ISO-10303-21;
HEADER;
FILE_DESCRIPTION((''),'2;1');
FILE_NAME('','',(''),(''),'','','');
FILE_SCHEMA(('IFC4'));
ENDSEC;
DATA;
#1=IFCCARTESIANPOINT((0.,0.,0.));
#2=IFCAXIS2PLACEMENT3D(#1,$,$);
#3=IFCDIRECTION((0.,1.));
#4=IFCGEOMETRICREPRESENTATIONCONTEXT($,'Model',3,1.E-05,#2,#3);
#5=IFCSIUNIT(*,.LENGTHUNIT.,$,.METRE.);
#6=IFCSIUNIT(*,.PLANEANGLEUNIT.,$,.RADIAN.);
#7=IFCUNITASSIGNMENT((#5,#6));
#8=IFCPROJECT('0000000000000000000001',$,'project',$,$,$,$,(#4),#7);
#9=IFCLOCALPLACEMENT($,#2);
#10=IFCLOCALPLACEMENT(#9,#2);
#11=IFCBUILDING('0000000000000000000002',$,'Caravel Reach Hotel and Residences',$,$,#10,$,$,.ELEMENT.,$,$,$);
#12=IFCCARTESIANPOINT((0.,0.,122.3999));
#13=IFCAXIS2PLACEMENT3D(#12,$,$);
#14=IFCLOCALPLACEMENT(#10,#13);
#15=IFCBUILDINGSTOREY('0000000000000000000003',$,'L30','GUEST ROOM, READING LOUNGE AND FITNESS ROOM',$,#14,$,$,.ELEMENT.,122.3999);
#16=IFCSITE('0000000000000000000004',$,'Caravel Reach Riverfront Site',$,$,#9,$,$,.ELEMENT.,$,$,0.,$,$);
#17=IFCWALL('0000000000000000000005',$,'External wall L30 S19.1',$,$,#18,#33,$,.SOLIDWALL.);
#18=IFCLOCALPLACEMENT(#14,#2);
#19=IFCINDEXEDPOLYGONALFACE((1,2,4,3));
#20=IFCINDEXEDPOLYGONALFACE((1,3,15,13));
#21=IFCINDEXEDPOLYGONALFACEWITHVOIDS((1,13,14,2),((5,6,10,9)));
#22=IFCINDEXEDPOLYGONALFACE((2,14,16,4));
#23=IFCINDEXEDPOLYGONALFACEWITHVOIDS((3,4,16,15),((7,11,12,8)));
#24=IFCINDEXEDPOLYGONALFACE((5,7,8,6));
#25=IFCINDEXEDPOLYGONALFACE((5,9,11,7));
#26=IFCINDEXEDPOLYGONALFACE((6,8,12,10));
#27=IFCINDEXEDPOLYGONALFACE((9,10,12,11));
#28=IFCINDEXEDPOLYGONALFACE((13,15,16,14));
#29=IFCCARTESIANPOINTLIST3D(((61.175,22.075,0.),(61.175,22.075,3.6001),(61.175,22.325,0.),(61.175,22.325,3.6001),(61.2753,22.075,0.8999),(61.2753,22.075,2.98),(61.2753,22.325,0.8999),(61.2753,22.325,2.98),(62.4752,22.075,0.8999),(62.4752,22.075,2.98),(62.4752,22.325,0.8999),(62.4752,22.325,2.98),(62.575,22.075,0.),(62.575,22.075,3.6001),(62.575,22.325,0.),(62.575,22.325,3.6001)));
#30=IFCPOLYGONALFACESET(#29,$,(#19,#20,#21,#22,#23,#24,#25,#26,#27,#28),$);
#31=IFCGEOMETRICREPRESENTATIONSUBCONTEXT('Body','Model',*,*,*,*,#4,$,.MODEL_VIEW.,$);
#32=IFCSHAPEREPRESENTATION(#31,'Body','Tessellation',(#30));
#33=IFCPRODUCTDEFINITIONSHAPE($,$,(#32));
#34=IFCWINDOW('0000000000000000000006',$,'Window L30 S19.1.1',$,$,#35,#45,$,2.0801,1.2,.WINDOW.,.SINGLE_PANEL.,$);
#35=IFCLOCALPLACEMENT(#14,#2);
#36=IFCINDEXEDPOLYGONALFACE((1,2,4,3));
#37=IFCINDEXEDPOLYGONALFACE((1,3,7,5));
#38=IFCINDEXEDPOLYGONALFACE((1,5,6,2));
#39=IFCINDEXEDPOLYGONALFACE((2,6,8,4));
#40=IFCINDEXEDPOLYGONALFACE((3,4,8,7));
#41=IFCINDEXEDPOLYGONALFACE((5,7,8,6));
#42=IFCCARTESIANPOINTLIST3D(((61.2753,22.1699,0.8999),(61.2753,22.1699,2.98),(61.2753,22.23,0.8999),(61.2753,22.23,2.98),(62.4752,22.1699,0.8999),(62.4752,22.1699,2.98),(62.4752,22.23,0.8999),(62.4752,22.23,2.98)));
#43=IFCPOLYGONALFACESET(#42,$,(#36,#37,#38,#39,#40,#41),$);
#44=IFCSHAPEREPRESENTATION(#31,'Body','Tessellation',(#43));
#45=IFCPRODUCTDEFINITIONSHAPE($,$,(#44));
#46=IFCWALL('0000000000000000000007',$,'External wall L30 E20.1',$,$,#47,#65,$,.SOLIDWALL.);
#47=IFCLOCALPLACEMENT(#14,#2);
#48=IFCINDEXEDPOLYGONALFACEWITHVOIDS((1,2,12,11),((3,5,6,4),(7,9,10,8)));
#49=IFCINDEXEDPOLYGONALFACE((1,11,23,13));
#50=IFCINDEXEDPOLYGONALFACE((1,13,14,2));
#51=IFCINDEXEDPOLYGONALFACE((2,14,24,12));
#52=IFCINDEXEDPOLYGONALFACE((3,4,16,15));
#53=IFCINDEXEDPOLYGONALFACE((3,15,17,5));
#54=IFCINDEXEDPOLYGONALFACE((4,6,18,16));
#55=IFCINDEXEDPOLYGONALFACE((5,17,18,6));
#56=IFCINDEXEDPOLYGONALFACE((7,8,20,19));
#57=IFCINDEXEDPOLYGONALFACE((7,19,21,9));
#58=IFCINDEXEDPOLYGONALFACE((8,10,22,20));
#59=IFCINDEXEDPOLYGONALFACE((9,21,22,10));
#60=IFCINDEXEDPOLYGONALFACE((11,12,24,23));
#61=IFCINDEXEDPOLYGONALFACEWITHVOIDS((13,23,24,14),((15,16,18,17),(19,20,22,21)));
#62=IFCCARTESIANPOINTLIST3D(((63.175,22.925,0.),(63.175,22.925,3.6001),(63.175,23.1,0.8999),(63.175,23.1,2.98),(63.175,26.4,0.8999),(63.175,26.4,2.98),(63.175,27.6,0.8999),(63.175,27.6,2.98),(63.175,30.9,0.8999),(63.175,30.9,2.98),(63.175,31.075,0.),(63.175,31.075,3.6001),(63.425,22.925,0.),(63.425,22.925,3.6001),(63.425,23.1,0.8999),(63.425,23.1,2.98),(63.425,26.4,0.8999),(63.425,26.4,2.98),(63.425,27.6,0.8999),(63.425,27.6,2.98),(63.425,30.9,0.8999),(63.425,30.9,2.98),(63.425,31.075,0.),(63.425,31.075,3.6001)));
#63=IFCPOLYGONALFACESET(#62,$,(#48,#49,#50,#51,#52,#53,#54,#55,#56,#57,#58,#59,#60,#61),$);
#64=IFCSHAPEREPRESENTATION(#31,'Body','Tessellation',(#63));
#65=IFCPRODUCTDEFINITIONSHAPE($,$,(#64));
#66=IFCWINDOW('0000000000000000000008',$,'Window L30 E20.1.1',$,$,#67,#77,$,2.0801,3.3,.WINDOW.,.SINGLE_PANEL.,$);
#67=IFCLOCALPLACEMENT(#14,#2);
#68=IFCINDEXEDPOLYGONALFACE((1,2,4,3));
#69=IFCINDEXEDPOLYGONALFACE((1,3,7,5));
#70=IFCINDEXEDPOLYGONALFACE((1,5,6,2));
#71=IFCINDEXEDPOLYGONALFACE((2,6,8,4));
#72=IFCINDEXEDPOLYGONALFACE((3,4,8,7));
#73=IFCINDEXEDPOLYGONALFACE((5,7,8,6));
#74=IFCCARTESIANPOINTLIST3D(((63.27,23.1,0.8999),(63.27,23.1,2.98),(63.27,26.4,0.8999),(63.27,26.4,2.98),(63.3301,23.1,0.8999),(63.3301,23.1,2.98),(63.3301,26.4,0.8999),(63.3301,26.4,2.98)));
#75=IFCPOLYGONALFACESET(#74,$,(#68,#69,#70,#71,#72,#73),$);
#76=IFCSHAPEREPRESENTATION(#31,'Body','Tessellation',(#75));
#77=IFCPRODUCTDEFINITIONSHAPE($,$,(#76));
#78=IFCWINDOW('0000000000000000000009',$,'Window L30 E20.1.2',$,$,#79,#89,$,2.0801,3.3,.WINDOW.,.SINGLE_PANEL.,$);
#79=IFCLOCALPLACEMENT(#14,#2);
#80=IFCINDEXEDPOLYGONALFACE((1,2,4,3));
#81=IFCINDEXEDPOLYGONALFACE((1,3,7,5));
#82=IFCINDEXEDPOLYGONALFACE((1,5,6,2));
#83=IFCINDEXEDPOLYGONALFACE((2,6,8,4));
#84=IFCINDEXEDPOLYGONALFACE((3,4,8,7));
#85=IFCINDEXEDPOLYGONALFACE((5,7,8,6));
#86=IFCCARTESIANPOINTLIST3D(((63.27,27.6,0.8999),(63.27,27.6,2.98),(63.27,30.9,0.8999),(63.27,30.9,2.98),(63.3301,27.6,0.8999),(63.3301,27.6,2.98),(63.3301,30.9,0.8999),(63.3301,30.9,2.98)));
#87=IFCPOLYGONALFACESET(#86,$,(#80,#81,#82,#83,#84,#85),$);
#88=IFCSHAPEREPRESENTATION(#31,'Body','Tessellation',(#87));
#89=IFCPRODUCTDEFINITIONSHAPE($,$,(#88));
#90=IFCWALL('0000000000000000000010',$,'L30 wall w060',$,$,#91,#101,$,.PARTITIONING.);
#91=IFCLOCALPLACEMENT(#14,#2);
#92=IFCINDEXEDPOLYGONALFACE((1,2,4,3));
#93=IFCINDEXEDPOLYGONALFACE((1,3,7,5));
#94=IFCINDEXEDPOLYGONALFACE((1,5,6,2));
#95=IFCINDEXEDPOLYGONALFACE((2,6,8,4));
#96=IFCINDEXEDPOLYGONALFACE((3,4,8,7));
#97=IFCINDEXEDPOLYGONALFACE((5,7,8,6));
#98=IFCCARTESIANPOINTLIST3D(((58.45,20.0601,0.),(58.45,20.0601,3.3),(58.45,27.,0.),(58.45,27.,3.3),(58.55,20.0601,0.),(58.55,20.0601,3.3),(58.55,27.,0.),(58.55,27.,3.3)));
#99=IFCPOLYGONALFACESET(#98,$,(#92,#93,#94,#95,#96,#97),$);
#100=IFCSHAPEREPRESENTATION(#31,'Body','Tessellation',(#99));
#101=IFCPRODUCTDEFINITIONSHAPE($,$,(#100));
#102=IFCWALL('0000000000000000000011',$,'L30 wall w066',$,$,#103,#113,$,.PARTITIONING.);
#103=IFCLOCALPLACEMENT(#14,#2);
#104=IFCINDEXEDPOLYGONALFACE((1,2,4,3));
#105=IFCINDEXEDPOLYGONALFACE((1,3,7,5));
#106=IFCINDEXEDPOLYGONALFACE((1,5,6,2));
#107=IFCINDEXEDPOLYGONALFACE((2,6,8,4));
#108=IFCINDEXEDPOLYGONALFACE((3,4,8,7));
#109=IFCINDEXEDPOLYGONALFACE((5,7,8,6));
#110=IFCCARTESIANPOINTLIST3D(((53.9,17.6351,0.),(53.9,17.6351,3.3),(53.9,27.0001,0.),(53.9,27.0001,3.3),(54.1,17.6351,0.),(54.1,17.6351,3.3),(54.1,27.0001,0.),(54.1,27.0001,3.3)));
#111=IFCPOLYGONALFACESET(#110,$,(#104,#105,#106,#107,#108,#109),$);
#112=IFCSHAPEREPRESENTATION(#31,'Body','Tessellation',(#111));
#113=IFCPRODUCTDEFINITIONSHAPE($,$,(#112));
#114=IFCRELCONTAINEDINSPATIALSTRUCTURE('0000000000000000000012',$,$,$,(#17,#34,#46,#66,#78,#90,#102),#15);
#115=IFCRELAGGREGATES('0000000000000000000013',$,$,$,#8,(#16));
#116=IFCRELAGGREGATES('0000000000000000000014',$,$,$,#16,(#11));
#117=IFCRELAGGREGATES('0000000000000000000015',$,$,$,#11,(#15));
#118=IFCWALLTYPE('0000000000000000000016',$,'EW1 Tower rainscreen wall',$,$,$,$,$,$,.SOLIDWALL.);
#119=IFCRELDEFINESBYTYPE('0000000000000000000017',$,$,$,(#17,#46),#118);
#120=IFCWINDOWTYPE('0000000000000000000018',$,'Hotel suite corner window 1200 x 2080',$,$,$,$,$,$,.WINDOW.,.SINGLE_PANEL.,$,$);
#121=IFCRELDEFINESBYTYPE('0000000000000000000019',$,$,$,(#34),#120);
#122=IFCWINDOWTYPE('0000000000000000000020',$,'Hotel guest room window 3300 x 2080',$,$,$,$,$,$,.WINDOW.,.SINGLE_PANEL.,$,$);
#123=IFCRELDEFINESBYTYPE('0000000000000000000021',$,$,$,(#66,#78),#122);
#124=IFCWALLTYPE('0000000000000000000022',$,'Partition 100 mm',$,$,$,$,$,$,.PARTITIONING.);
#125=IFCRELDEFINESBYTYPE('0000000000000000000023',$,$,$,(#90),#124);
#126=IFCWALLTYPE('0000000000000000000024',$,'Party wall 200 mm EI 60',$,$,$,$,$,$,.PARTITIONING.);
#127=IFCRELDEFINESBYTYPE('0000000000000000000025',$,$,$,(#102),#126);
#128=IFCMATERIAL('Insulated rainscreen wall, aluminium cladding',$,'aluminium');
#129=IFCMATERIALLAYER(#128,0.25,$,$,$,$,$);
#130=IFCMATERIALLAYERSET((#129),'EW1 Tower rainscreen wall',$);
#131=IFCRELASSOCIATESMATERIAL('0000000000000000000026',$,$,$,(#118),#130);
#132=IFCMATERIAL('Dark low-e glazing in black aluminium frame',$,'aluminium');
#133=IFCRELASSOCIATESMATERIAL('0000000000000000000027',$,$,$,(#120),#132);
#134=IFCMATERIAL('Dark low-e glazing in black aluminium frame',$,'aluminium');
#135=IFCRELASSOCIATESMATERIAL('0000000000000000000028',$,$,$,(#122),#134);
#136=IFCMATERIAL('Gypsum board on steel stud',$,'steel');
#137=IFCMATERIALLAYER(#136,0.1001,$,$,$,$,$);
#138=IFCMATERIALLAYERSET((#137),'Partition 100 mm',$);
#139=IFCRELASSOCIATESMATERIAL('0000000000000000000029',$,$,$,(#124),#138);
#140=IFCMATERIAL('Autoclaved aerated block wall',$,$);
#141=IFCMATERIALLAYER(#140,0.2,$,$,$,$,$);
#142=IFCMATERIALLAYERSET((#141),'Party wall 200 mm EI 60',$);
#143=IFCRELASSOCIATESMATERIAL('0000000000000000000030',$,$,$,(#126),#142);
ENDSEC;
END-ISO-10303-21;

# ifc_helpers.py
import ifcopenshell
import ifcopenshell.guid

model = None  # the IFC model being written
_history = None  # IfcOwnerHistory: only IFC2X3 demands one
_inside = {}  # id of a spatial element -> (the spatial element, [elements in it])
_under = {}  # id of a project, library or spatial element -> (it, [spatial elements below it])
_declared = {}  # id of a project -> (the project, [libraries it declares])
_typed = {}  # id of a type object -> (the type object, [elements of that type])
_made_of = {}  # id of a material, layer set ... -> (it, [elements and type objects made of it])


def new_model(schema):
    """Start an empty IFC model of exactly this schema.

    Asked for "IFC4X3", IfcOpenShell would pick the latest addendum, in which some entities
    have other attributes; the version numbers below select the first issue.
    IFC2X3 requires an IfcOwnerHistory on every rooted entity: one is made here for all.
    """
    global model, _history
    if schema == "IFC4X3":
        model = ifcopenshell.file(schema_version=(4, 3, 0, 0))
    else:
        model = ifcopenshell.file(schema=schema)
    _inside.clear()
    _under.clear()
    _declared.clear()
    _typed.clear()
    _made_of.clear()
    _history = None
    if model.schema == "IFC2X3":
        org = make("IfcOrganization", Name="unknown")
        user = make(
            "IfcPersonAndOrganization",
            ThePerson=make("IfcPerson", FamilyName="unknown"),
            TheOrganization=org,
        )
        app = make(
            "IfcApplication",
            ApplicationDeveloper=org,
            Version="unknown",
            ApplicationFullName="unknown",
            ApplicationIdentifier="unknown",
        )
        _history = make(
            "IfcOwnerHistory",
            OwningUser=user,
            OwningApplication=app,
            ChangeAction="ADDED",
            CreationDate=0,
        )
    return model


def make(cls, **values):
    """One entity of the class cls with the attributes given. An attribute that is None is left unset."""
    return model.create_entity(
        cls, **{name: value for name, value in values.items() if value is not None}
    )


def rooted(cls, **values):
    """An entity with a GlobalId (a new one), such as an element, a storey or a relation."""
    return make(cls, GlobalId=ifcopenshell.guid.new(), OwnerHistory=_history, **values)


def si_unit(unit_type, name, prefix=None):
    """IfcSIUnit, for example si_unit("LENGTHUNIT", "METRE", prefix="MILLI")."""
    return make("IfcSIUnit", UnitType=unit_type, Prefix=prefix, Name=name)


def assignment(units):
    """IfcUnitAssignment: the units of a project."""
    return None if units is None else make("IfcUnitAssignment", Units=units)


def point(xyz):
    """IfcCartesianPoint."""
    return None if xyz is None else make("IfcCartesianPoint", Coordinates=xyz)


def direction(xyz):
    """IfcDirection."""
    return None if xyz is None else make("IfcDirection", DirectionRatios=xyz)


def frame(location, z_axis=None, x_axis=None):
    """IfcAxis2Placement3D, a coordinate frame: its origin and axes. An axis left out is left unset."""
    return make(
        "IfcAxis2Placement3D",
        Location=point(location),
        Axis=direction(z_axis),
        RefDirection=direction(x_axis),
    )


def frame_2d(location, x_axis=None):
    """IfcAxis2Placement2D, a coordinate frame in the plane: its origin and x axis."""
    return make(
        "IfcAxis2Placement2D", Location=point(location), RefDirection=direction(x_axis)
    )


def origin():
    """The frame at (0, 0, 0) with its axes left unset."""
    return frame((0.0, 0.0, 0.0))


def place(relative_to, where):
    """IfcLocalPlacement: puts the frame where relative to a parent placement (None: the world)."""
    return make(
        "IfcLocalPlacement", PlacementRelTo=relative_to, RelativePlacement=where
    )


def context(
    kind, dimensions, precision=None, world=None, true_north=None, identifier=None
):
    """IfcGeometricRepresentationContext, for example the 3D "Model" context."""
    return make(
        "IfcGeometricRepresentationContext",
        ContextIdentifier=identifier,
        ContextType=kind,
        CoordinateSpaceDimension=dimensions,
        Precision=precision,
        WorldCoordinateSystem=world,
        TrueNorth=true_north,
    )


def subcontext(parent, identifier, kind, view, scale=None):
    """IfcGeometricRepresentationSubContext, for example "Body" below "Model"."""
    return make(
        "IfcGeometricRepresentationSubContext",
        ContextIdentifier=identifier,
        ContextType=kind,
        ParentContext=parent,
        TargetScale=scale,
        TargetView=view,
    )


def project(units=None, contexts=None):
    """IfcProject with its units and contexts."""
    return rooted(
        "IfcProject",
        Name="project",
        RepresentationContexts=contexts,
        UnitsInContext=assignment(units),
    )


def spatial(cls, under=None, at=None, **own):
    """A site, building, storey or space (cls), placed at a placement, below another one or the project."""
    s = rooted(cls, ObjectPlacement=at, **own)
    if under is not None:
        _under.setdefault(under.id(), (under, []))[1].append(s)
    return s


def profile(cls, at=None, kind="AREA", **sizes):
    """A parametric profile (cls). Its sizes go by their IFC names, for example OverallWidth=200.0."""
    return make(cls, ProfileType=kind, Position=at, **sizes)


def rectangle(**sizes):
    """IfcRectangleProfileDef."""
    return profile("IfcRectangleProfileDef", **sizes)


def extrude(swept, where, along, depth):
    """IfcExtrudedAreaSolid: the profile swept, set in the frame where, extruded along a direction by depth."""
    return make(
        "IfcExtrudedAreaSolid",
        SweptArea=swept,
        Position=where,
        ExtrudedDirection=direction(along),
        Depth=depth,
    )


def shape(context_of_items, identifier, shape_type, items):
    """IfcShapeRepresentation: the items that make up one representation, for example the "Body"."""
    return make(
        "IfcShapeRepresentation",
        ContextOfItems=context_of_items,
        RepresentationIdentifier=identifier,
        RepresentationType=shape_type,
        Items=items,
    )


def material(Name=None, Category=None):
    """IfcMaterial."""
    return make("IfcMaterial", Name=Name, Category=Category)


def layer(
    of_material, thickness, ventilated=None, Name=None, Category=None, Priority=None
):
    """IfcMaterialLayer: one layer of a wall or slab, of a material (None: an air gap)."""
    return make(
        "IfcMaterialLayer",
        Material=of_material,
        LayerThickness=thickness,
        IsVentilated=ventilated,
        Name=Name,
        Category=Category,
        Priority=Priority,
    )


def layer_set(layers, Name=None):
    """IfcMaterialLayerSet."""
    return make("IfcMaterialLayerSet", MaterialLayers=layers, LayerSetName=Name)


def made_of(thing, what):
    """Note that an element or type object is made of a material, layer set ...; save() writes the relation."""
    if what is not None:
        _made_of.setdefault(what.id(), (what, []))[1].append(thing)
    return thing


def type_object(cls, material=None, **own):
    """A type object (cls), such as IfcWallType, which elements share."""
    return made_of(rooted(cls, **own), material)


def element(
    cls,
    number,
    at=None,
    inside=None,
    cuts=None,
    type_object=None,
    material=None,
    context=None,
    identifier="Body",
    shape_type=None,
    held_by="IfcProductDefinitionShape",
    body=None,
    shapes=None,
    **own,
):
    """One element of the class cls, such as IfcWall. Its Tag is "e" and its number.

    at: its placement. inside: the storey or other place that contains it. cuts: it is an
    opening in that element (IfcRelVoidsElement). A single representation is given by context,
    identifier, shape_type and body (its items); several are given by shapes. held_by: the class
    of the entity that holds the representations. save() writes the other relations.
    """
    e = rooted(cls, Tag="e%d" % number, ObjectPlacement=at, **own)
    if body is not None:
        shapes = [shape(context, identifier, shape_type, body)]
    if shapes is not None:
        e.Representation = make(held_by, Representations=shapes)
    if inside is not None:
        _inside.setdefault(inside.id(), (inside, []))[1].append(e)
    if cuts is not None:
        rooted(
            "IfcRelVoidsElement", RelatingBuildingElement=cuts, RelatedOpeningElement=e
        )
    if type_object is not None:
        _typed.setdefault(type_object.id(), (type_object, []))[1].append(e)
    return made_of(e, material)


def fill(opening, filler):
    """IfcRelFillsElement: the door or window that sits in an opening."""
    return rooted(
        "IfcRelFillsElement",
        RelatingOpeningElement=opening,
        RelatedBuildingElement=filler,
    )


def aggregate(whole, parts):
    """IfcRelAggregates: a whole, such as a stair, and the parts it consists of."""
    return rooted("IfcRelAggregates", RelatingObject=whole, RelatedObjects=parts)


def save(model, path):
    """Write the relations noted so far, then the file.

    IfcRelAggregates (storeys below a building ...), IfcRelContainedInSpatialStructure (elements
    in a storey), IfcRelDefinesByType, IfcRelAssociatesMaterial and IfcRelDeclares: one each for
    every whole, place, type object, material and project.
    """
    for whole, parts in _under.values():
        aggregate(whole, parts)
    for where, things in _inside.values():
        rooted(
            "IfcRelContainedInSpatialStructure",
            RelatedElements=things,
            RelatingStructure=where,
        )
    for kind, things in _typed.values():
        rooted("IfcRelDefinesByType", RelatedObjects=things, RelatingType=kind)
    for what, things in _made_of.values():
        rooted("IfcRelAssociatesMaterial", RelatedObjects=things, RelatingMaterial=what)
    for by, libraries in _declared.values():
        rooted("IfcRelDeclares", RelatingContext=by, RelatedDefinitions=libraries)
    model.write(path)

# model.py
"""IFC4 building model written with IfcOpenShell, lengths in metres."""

from ifc_helpers import new_model, si_unit, direction, frame, frame_2d, origin, place, context, subcontext, project, spatial, rectangle, extrude, material, layer, layer_set, type_object, element, fill, save


model = new_model("IFC4")

# Units and contexts
model_context = context("Model", 3, precision=1e-05, world=origin(), true_north=direction((0.0, 1.0)))
body_context = subcontext(model_context, "Body", "Model", "MODEL_VIEW")
ifc_project = project(units=[si_unit("LENGTHUNIT", "METRE"), si_unit("PLANEANGLEUNIT", "RADIAN")], contexts=[model_context])

# Site, building, storey
site_placement = place(None, origin())
site = spatial("IfcSite", under=ifc_project, at=site_placement, Name="Caravel Reach Riverfront Site", CompositionType="ELEMENT", RefElevation=0.0)
building_placement = place(site_placement, origin())
building = spatial("IfcBuilding", under=site, at=building_placement, Name="Caravel Reach Hotel and Residences", CompositionType="ELEMENT")
storey_placement = place(building_placement, frame((0.0, 0.0, 122.3999)))
storey = spatial("IfcBuildingStorey", under=building, at=storey_placement, Name="L30", Description="GUEST ROOM, READING LOUNGE AND FITNESS ROOM", CompositionType="ELEMENT", Elevation=122.3999)

# Wall, opening, window
ifc_material_1 = material(Name="Insulated rainscreen wall, aluminium cladding", Category="aluminium")
ifc_layer_1 = layer(ifc_material_1, 0.25)
ifc_layer_set_1 = layer_set([ifc_layer_1], Name="EW1 Tower rainscreen wall")
wall_type_1 = type_object("IfcWallType", Name="EW1 Tower rainscreen wall", PredefinedType="SOLIDWALL", material=ifc_layer_set_1)
ifc_material_2 = material(Name="Dark low-e glazing in black aluminium frame", Category="aluminium")
window_type_1 = type_object("IfcWindowType", Name="Hotel suite corner window 1200 x 2080", PartitioningType="SINGLE_PANEL", PredefinedType="WINDOW", material=ifc_material_2)
wall_1_placement = place(storey_placement, frame((61.175, 22.2, 0.0), z_axis=(0.0, 0.0, 1.0), x_axis=(1.0, 0.0, 0.0)))
wall_1 = element("IfcWall", 1, at=wall_1_placement, inside=storey, type_object=wall_type_1, Name="External wall L30 S19.1", PredefinedType="SOLIDWALL", context=body_context, shape_type="SweptSolid", body=[
    extrude(rectangle(XDim=1.3999, YDim=0.25, at=frame_2d((0.7, 0.0))), origin(), (0.0, 0.0, 1.0), 3.6001),
])
opening_1_placement = place(wall_1_placement, frame((0.1001, 0.0, 0.8999)))
opening_1 = element("IfcOpeningElement", 2, at=opening_1_placement, cuts=wall_1, PredefinedType="OPENING", context=body_context, shape_type="SweptSolid", body=[
    extrude(rectangle(XDim=1.2, YDim=2.0801, at=frame_2d((0.6001, 1.04))), frame((0.0, 0.135, 0.0), z_axis=(0.0, -1.0, 0.0), x_axis=(1.0, 0.0, 0.0)), (0.0, 0.0, 1.0), 0.27),
])
window_1_placement = place(opening_1_placement, origin())
window_1 = element("IfcWindow", 3, at=window_1_placement, inside=storey, type_object=window_type_1, Name="Window L30 S19.1.1", OverallHeight=2.0801, OverallWidth=1.2, PartitioningType="SINGLE_PANEL", PredefinedType="WINDOW", context=body_context, shape_type="SweptSolid", body=[
    extrude(rectangle(XDim=1.2, YDim=2.0801, at=frame_2d((0.6001, 1.04))), frame((0.0, 0.03, 0.0), z_axis=(0.0, -1.0, 0.0), x_axis=(1.0, 0.0, 0.0)), (0.0, 0.0, 1.0), 0.0601),
])
fill(opening_1, window_1)

# Wall, openings, windows
wall_2_placement = place(storey_placement, frame((63.3, 22.925, 0.0), z_axis=(0.0, 0.0, 1.0), x_axis=(0.0, 1.0, 0.0)))
wall_2 = element("IfcWall", 4, at=wall_2_placement, inside=storey, type_object=wall_type_1, Name="External wall L30 E20.1", PredefinedType="SOLIDWALL", context=body_context, shape_type="SweptSolid", body=[
    extrude(rectangle(XDim=8.1499, YDim=0.25, at=frame_2d((4.075, 0.0))), origin(), (0.0, 0.0, 1.0), 3.6001),
])
opening_2_placement = place(wall_2_placement, frame((0.175, 0.0, 0.8999)))
opening_2 = element("IfcOpeningElement", 5, at=opening_2_placement, cuts=wall_2, PredefinedType="OPENING", context=body_context, shape_type="SweptSolid", body=[
    extrude(rectangle(XDim=3.3, YDim=2.0801, at=frame_2d((1.6499, 1.04))), frame((0.0, 0.135, 0.0), z_axis=(0.0, -1.0, 0.0), x_axis=(1.0, 0.0, 0.0)), (0.0, 0.0, 1.0), 0.27),
])
opening_3_placement = place(wall_2_placement, frame((4.675, 0.0, 0.8999)))
opening_3 = element("IfcOpeningElement", 6, at=opening_3_placement, cuts=wall_2, PredefinedType="OPENING", context=body_context, shape_type="SweptSolid", body=[
    extrude(rectangle(XDim=3.3, YDim=2.0801, at=frame_2d((1.6499, 1.04))), frame((0.0, 0.135, 0.0), z_axis=(0.0, -1.0, 0.0), x_axis=(1.0, 0.0, 0.0)), (0.0, 0.0, 1.0), 0.27),
])
ifc_material_3 = material(Name="Dark low-e glazing in black aluminium frame", Category="aluminium")
window_type_2 = type_object("IfcWindowType", Name="Hotel guest room window 3300 x 2080", PartitioningType="SINGLE_PANEL", PredefinedType="WINDOW", material=ifc_material_3)
window_2_placement = place(opening_2_placement, origin())
window_2 = element("IfcWindow", 7, at=window_2_placement, inside=storey, type_object=window_type_2, Name="Window L30 E20.1.1", OverallHeight=2.0801, OverallWidth=3.3, PartitioningType="SINGLE_PANEL", PredefinedType="WINDOW", context=body_context, shape_type="SweptSolid", body=[
    extrude(rectangle(XDim=3.3, YDim=2.0801, at=frame_2d((1.6499, 1.04))), frame((0.0, 0.03, 0.0), z_axis=(0.0, -1.0, 0.0), x_axis=(1.0, 0.0, 0.0)), (0.0, 0.0, 1.0), 0.0601),
])
fill(opening_2, window_2)
window_3_placement = place(opening_3_placement, origin())
window_3 = element("IfcWindow", 8, at=window_3_placement, inside=storey, type_object=window_type_2, Name="Window L30 E20.1.2", OverallHeight=2.0801, OverallWidth=3.3, PartitioningType="SINGLE_PANEL", PredefinedType="WINDOW", context=body_context, shape_type="SweptSolid", body=[
    extrude(rectangle(XDim=3.3, YDim=2.0801, at=frame_2d((1.6499, 1.04))), frame((0.0, 0.03, 0.0), z_axis=(0.0, -1.0, 0.0), x_axis=(1.0, 0.0, 0.0)), (0.0, 0.0, 1.0), 0.0601),
])
fill(opening_3, window_3)

# Walls
ifc_material_4 = material(Name="Gypsum board on steel stud", Category="steel")
ifc_layer_2 = layer(ifc_material_4, 0.1001)
ifc_layer_set_2 = layer_set([ifc_layer_2], Name="Partition 100 mm")
wall_type_2 = type_object("IfcWallType", Name="Partition 100 mm", PredefinedType="PARTITIONING", material=ifc_layer_set_2)
wall_3_placement = place(storey_placement, frame((58.5, 20.0601, 0.0), z_axis=(0.0, 0.0, 1.0), x_axis=(0.0, 1.0, 0.0)))
element("IfcWall", 9, at=wall_3_placement, inside=storey, type_object=wall_type_2, Name="L30 wall w060", PredefinedType="PARTITIONING", context=body_context, shape_type="SweptSolid", body=[
    extrude(rectangle(XDim=6.9399, YDim=0.1001, at=frame_2d((3.47, 0.0))), origin(), (0.0, 0.0, 1.0), 3.3),
])
ifc_material_5 = material(Name="Autoclaved aerated block wall")
ifc_layer_3 = layer(ifc_material_5, 0.2)
ifc_layer_set_3 = layer_set([ifc_layer_3], Name="Party wall 200 mm EI 60")
wall_type_3 = type_object("IfcWallType", Name="Party wall 200 mm EI 60", PredefinedType="PARTITIONING", material=ifc_layer_set_3)
wall_4_placement = place(storey_placement, frame((54.0, 17.635, 0.0), z_axis=(0.0, 0.0, 1.0), x_axis=(0.0, 1.0, 0.0)))
element("IfcWall", 10, at=wall_4_placement, inside=storey, type_object=wall_type_3, Name="L30 wall w066", PredefinedType="PARTITIONING", context=body_context, shape_type="SweptSolid", body=[
    extrude(rectangle(XDim=9.365, YDim=0.2, at=frame_2d((4.6826, 0.0))), origin(), (0.0, 0.0, 1.0), 3.3),
])

save(model, "model.ifc")
